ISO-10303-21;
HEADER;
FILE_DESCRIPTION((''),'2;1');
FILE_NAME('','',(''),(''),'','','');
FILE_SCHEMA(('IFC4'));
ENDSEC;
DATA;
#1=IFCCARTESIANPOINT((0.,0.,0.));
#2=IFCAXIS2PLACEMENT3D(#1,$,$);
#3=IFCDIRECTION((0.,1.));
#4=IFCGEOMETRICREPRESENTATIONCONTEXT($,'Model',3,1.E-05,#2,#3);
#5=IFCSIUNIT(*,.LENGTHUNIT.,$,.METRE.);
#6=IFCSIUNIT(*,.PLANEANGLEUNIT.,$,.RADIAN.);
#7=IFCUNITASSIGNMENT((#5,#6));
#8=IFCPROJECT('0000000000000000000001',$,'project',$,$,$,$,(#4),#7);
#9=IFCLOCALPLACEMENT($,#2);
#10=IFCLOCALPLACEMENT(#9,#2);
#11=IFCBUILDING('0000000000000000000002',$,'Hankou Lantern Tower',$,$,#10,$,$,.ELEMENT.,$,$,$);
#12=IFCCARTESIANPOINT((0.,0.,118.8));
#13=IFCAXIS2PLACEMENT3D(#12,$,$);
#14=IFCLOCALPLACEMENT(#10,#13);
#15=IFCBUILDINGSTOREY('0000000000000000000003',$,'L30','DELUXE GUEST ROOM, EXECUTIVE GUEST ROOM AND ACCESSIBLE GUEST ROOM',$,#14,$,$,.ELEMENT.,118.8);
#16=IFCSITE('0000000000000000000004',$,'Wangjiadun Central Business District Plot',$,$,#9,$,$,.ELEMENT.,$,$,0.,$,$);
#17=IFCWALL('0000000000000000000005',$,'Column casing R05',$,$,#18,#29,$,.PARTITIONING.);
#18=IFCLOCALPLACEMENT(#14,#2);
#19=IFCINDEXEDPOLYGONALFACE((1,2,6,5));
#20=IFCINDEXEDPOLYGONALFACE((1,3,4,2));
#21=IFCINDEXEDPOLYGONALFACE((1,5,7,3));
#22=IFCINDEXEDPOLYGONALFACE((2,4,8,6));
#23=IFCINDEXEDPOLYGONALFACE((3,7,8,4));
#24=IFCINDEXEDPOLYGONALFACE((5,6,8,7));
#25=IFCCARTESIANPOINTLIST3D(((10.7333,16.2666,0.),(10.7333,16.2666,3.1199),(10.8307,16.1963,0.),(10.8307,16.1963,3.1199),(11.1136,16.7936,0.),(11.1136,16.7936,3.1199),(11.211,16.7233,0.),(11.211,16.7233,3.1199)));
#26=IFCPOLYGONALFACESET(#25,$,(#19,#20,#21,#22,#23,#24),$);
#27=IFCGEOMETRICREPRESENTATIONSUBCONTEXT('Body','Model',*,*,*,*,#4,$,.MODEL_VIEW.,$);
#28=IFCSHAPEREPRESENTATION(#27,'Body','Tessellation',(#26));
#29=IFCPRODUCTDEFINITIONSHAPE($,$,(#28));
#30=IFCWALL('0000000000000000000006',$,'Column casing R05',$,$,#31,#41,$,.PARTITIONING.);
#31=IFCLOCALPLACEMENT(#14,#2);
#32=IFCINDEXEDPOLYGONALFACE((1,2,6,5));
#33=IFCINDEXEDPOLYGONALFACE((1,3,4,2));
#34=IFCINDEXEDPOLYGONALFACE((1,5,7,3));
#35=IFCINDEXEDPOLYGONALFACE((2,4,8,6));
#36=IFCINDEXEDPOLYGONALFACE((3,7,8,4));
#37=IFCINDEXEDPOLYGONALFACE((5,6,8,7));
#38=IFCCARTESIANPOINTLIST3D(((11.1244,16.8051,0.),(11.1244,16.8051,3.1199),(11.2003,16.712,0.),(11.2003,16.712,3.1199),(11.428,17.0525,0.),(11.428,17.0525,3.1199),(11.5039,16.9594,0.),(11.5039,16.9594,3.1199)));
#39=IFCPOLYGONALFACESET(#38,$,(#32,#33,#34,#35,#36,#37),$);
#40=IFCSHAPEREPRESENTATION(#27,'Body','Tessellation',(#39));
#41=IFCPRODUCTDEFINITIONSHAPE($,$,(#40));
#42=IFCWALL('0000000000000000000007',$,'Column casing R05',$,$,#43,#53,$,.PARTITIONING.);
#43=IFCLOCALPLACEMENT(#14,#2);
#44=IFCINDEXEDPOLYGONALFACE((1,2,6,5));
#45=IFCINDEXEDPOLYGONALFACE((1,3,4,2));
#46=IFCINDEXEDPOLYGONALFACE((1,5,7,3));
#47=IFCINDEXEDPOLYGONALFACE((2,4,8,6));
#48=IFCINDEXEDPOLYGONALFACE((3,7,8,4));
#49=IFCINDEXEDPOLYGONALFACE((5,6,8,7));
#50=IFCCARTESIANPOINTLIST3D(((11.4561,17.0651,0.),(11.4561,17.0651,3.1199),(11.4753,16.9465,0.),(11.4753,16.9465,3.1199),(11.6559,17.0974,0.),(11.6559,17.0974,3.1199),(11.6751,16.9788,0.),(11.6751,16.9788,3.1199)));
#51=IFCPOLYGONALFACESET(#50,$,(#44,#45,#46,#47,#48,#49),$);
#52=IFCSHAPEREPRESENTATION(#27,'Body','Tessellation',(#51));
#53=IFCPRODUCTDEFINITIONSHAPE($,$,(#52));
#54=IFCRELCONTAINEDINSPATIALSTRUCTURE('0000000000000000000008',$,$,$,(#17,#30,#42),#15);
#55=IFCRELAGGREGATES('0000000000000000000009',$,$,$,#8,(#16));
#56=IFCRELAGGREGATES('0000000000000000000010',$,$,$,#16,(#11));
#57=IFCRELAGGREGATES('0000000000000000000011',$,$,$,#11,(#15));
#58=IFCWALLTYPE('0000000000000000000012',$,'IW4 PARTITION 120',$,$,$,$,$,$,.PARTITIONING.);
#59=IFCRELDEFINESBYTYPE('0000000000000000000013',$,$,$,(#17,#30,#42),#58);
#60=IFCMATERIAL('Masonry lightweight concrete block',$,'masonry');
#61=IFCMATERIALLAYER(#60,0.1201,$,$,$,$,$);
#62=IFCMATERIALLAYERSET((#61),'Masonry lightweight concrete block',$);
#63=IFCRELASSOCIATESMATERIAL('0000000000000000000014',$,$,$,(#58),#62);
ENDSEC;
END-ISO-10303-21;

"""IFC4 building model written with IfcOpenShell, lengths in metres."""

from ifc_helpers import new_model, si_unit, direction, frame, frame_2d, origin, place, context, subcontext, project, spatial, rectangle, extrude, material, layer, layer_set, type_object, element, save


model = new_model("IFC4")

# Units and contexts
model_context = context("Model", 3, precision=1e-05, world=origin(), true_north=direction((0.0, 1.0)))
body_context = subcontext(model_context, "Body", "Model", "MODEL_VIEW")
ifc_project = project(units=[si_unit("LENGTHUNIT", "METRE"), si_unit("PLANEANGLEUNIT", "RADIAN")], contexts=[model_context])

# Site, building, storey
site_placement = place(None, origin())
site = spatial("IfcSite", under=ifc_project, at=site_placement, Name="Wangjiadun Central Business District Plot", CompositionType="ELEMENT", RefElevation=0.0)
building_placement = place(site_placement, origin())
building = spatial("IfcBuilding", under=site, at=building_placement, Name="Hankou Lantern Tower", CompositionType="ELEMENT")
storey_placement = place(building_placement, frame((0.0, 0.0, 118.8)))
storey = spatial("IfcBuildingStorey", under=building, at=storey_placement, Name="L30", Description="DELUXE GUEST ROOM, EXECUTIVE GUEST ROOM AND ACCESSIBLE GUEST ROOM", CompositionType="ELEMENT", Elevation=118.8)

# Walls
ifc_material_1 = material(Name="Masonry lightweight concrete block", Category="masonry")
ifc_layer_1 = layer(ifc_material_1, 0.1201)
ifc_layer_set_1 = layer_set([ifc_layer_1], Name="Masonry lightweight concrete block")
wall_type_1 = type_object("IfcWallType", Name="IW4 PARTITION 120", PredefinedType="PARTITIONING", material=ifc_layer_set_1)
wall_1_placement = place(storey_placement, frame((10.782, 16.2314, 0.0), z_axis=(0.0, 0.0, 1.0), x_axis=(0.585175, 0.810907, 0.0)))
element("IfcWall", 1, at=wall_1_placement, inside=storey, type_object=wall_type_1, Name="Column casing R05", PredefinedType="PARTITIONING", context=body_context, shape_type="SweptSolid", body=[
    extrude(rectangle(XDim=0.6499, YDim=0.1201, at=frame_2d((0.325, 0.0))), origin(), (0.0, 0.0, 1.0), 3.1199),
])
wall_2_placement = place(storey_placement, frame((11.1624, 16.7585, 0.0), z_axis=(0.0, 0.0, 1.0), x_axis=(0.775178, 0.631742, 0.0)))
element("IfcWall", 2, at=wall_2_placement, inside=storey, type_object=wall_type_1, Name="Column casing R05", PredefinedType="PARTITIONING", context=body_context, shape_type="SweptSolid", body=[
    extrude(rectangle(XDim=0.3916, YDim=0.1201, at=frame_2d((0.1958, 0.0))), origin(), (0.0, 0.0, 1.0), 3.1199),
])
wall_3_placement = place(storey_placement, frame((11.4658, 17.0059, 0.0), z_axis=(0.0, 0.0, 1.0), x_axis=(0.987229, 0.159308, 0.0)))
element("IfcWall", 3, at=wall_3_placement, inside=storey, type_object=wall_type_1, Name="Column casing R05", PredefinedType="PARTITIONING", context=body_context, shape_type="SweptSolid", body=[
    extrude(rectangle(XDim=0.2024, YDim=0.1201, at=frame_2d((0.1011, 0.0))), origin(), (0.0, 0.0, 1.0), 3.1199),
])

save(model, "model.ifc")
